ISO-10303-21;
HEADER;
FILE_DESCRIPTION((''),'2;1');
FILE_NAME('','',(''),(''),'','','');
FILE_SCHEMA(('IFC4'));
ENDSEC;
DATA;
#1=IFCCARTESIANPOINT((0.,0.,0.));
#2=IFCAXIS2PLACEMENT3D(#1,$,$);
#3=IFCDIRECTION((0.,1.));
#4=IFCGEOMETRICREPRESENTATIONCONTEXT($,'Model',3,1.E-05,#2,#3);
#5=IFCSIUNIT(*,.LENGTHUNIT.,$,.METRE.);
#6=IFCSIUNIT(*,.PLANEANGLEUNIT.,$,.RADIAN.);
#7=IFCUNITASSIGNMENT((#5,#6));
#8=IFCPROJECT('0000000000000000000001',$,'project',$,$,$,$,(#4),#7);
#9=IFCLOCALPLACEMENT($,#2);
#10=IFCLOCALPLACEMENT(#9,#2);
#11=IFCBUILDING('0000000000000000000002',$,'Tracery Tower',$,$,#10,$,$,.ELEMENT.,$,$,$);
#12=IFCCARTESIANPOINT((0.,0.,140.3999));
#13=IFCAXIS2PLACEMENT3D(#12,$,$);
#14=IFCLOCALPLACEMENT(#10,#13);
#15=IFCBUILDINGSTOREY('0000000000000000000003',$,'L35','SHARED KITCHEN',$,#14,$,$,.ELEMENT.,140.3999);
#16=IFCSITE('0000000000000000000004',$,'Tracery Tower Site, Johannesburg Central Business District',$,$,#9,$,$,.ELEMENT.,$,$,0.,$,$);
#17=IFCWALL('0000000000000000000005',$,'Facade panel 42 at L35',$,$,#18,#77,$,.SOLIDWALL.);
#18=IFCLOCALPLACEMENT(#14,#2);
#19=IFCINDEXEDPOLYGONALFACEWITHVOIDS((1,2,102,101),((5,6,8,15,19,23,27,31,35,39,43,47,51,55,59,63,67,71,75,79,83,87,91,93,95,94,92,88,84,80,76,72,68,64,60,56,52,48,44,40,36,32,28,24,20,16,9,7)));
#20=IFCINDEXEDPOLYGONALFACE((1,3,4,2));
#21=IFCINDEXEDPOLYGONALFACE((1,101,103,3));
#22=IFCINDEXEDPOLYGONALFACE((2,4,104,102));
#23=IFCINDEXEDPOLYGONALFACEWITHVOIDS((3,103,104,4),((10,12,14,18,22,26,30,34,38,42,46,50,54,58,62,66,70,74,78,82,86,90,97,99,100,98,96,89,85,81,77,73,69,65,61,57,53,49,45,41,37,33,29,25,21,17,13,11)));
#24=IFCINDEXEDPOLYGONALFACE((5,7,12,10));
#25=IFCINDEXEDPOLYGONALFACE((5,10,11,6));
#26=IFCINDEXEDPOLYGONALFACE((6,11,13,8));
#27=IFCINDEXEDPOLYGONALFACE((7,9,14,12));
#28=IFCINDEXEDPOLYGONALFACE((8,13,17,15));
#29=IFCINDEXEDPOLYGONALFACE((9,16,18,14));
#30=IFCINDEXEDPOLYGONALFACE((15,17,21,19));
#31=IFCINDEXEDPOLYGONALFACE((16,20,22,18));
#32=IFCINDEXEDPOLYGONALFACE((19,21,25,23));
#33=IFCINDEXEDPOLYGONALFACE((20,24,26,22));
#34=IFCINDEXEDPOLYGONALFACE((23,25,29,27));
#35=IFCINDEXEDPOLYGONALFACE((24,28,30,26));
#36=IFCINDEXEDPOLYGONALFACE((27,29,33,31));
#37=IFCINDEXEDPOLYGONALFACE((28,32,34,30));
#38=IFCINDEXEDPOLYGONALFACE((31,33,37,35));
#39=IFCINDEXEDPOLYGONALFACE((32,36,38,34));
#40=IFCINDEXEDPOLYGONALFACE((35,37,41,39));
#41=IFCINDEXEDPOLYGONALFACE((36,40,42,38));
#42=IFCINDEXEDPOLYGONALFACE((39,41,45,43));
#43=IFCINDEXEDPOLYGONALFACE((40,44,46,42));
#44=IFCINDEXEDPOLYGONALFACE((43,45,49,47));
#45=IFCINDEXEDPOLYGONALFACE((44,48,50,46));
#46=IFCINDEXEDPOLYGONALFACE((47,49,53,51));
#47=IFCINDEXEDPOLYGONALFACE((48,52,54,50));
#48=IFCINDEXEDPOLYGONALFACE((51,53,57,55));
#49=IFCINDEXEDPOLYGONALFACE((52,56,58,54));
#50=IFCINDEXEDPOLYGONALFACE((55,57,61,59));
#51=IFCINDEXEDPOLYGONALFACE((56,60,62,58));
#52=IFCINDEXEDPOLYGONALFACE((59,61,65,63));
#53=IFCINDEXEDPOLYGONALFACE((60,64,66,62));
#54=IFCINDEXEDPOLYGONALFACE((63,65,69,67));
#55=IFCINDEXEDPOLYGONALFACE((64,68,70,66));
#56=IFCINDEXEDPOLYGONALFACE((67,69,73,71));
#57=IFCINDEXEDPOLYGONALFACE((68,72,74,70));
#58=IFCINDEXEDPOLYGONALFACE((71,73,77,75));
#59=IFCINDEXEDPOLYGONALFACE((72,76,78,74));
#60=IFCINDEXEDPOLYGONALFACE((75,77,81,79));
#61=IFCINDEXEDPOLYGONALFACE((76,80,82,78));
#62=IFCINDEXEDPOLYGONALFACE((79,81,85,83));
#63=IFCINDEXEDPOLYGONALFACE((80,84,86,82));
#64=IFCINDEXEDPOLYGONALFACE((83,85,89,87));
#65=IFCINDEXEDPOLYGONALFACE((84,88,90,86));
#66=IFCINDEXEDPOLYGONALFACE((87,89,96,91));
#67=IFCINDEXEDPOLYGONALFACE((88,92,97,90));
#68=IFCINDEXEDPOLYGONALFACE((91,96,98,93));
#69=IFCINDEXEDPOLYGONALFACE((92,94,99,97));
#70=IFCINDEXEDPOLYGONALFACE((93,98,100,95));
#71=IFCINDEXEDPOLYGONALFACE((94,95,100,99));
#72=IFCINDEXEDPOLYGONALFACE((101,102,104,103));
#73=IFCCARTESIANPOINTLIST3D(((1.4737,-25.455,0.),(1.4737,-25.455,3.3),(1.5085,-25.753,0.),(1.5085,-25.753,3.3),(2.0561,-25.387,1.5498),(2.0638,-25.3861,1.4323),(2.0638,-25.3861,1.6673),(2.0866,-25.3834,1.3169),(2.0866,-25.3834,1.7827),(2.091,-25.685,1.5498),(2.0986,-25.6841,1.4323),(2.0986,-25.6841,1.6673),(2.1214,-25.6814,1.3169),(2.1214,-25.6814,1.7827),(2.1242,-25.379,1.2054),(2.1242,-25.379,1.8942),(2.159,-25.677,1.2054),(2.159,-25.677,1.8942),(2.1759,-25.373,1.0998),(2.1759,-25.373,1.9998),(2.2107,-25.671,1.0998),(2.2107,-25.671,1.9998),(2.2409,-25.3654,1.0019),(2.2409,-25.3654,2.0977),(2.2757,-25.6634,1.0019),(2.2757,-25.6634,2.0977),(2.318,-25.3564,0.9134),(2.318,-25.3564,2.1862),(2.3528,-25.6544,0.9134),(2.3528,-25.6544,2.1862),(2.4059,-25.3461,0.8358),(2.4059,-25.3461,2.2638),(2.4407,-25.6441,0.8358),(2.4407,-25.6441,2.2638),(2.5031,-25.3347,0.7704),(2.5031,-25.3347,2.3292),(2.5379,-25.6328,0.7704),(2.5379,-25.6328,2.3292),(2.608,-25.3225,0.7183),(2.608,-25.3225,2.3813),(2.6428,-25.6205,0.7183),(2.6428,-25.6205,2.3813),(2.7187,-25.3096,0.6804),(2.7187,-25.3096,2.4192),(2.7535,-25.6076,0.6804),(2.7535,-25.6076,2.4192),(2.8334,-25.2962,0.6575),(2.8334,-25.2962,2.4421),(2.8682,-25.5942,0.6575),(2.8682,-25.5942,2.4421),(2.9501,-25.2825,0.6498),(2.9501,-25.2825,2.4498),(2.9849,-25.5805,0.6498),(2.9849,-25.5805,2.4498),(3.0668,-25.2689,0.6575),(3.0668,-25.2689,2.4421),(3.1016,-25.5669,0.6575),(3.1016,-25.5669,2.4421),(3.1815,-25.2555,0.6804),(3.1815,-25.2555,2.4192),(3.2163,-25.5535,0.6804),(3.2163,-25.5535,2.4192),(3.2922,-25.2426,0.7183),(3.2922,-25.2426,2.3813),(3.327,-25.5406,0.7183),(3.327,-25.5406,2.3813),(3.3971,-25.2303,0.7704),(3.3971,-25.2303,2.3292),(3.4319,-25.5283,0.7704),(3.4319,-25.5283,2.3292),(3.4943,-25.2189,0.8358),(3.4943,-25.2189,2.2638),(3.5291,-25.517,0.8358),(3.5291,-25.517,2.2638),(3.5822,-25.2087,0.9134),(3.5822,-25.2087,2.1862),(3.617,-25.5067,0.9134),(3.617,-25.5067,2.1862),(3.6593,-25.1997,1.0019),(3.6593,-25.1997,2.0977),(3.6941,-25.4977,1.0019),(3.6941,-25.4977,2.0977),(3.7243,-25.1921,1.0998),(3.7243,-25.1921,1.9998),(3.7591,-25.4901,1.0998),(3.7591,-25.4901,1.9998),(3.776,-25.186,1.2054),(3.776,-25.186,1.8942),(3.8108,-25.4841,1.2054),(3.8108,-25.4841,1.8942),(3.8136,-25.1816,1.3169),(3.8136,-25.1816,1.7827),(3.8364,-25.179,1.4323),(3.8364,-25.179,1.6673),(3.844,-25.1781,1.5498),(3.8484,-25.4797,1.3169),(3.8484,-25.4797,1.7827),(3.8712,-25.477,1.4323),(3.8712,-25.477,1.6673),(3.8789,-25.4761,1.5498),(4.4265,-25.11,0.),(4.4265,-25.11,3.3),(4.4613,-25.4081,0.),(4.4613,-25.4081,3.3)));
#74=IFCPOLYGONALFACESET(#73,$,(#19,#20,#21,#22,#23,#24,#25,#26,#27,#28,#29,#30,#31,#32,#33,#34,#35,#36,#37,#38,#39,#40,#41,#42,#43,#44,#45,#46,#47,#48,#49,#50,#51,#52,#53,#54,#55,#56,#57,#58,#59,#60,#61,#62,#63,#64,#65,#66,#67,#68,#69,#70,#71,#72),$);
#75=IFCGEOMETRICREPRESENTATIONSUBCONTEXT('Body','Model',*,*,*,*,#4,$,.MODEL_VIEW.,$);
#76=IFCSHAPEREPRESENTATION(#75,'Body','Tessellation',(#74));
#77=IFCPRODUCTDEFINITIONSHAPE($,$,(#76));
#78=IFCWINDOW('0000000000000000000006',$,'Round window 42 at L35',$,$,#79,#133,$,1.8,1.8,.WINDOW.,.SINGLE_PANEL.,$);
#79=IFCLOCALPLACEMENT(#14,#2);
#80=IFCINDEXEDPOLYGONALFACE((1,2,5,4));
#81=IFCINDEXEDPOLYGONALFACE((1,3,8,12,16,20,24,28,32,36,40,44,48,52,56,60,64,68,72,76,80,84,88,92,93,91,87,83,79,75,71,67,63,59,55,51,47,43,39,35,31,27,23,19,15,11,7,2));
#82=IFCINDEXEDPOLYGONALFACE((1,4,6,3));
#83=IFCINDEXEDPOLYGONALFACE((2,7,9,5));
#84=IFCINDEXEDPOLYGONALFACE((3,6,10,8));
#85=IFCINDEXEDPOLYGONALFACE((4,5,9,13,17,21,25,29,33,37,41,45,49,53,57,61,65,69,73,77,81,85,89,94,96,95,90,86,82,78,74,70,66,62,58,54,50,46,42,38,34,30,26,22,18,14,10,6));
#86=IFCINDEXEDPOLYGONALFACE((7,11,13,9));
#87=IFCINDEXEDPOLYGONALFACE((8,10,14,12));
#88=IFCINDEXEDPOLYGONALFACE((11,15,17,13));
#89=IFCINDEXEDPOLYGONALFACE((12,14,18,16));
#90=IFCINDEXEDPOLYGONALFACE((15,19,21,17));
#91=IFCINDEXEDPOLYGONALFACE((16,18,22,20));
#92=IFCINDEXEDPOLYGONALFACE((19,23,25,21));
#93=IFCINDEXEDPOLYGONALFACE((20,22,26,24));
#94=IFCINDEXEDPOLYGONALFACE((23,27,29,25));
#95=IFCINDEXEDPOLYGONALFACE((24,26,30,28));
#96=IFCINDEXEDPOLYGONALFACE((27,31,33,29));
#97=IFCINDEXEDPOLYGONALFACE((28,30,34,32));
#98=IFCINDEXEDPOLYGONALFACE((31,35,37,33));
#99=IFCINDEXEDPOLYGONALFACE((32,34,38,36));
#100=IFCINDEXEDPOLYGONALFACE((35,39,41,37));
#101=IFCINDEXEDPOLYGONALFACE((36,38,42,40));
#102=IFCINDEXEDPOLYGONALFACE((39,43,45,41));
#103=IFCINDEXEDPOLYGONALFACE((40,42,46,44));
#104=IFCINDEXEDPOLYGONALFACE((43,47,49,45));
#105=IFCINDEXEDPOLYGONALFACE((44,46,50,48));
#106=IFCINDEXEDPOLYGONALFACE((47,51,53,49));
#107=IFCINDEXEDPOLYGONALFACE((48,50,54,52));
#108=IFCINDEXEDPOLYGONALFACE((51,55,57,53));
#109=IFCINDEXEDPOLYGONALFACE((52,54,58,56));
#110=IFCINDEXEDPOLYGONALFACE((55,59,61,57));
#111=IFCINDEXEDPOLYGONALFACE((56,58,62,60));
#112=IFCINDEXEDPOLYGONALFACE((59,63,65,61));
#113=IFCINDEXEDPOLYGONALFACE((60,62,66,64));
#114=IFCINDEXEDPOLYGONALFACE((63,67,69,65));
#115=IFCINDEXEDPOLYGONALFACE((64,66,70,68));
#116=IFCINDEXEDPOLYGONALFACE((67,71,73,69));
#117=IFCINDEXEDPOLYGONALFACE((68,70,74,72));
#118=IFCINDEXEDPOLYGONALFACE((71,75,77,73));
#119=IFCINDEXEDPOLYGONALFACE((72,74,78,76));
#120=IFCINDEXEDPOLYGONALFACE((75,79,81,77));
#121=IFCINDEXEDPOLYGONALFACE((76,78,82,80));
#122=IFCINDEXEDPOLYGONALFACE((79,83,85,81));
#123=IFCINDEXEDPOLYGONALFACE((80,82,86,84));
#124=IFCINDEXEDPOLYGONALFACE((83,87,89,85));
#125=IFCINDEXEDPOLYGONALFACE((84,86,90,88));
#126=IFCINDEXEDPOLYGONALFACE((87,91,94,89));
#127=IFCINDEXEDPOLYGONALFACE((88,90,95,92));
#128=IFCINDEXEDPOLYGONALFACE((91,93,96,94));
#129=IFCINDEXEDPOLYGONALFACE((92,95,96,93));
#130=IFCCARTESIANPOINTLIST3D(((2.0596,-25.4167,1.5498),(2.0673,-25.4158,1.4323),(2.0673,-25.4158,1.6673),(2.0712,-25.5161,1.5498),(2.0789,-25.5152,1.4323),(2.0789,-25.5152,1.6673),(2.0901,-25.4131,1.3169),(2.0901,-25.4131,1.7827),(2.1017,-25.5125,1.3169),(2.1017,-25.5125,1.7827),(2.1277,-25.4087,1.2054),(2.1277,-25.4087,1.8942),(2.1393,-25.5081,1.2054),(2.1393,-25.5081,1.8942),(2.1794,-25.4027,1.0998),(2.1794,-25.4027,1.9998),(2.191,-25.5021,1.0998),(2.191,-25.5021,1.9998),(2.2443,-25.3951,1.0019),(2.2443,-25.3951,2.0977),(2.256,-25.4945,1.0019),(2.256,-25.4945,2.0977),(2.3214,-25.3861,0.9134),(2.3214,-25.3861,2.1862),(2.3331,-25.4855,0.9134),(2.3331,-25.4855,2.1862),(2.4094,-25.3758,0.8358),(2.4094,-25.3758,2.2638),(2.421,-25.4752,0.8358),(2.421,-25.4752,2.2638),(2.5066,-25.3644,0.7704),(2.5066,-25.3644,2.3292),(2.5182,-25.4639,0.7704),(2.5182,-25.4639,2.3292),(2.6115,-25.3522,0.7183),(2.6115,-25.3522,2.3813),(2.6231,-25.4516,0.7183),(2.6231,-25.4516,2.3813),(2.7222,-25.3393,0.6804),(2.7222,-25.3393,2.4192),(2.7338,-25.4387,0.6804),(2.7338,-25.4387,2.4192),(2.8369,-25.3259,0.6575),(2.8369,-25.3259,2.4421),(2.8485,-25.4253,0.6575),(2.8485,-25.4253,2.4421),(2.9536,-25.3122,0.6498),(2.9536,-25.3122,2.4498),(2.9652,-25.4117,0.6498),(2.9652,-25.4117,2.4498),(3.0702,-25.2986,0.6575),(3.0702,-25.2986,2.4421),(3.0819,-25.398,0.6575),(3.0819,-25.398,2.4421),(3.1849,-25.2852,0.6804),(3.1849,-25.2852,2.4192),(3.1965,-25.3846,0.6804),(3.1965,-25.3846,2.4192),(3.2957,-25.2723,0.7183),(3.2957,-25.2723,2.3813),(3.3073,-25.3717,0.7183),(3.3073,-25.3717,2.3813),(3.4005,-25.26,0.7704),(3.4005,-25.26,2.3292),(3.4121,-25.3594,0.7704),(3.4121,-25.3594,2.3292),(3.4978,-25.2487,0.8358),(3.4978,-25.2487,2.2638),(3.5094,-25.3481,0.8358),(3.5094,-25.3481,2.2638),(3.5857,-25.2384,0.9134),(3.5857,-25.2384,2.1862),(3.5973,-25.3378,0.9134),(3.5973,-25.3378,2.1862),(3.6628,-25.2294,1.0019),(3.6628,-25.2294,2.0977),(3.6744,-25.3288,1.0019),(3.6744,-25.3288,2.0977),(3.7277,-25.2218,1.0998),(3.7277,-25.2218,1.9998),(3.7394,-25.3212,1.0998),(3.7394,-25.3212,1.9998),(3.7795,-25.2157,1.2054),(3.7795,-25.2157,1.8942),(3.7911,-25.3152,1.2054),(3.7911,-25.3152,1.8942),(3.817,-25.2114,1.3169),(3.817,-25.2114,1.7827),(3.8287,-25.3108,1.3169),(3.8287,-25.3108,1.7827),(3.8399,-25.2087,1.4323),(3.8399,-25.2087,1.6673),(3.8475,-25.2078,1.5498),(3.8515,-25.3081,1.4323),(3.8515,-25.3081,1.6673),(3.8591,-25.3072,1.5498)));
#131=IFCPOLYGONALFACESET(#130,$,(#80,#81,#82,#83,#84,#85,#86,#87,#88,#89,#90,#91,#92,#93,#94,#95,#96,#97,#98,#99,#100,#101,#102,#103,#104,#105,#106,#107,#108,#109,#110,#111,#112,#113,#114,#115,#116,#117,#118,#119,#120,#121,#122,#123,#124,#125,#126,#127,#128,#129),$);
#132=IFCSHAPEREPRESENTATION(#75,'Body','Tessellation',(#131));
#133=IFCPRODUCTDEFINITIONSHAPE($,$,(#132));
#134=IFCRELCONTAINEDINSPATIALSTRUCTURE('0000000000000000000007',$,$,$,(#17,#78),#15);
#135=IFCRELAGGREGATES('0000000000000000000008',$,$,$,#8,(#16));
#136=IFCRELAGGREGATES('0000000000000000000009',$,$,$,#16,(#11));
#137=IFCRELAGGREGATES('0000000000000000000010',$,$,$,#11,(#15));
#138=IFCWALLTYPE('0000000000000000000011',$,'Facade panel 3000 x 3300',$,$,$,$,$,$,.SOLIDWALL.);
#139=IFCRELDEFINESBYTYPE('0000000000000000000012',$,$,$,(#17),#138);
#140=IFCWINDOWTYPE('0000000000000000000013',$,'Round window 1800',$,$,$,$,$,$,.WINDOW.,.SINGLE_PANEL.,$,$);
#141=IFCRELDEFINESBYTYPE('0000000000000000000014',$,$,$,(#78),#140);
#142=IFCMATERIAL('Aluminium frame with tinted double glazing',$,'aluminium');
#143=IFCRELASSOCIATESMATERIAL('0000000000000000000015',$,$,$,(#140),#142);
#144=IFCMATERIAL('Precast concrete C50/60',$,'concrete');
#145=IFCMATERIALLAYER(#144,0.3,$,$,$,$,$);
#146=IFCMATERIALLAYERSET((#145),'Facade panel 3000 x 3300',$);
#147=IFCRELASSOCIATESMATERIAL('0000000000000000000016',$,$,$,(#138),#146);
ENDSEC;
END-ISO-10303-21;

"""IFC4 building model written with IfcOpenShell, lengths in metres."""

from ifc_helpers import new_model, si_unit, direction, frame, frame_2d, origin, origin_2d, place, context, subcontext, project, spatial, rectangle, circle, extrude, material, layer, layer_set, type_object, element, fill, save


model = new_model("IFC4")

# Units and contexts
model_context = context("Model", 3, precision=1e-05, world=origin(), true_north=direction((0.0, 1.0)))
body_context = subcontext(model_context, "Body", "Model", "MODEL_VIEW")
ifc_project = project(units=[si_unit("LENGTHUNIT", "METRE"), si_unit("PLANEANGLEUNIT", "RADIAN")], contexts=[model_context])

# Site, building, storey
site_placement = place(None, origin())
site = spatial("IfcSite", under=ifc_project, at=site_placement, Name="Tracery Tower Site, Johannesburg Central Business District", CompositionType="ELEMENT", RefElevation=0.0)
building_placement = place(site_placement, origin())
building = spatial("IfcBuilding", under=site, at=building_placement, Name="Tracery Tower", CompositionType="ELEMENT")
storey_placement = place(building_placement, frame((0.0, 0.0, 140.3999)))
storey = spatial("IfcBuildingStorey", under=building, at=storey_placement, Name="L35", Description="SHARED KITCHEN", CompositionType="ELEMENT", Elevation=140.3999)

# Wall, opening, window
ifc_material_1 = material(Name="Aluminium frame with tinted double glazing", Category="aluminium")
window_type = type_object("IfcWindowType", Name="Round window 1800", PartitioningType="SINGLE_PANEL", PredefinedType="WINDOW", material=ifc_material_1)
ifc_material_2 = material(Name="Precast concrete C50/60", Category="concrete")
ifc_layer_1 = layer(ifc_material_2, 0.3)
ifc_layer_set_1 = layer_set([ifc_layer_1], Name="Facade panel 3000 x 3300")
wall_type_1 = type_object("IfcWallType", Name="Facade panel 3000 x 3300", PredefinedType="SOLIDWALL", material=ifc_layer_set_1)
wall_1_placement = place(storey_placement, frame((1.4912, -25.604, 0.0), z_axis=(0.0, 0.0, 1.0), x_axis=(0.993245, 0.116036, 0.0)))
wall_1 = element("IfcWall", 1, at=wall_1_placement, inside=storey, type_object=wall_type_1, Name="Facade panel 42 at L35", PredefinedType="SOLIDWALL", context=body_context, shape_type="SweptSolid", body=[
    extrude(rectangle(XDim=2.9729, YDim=0.3, at=frame_2d((1.4863, 0.0))), origin(), (0.0, 0.0, 1.0), 3.3),
])
opening_1_placement = place(wall_1_placement, frame((1.4863, 0.0, 1.5498)))
opening_1 = element("IfcOpeningElement", 2, at=opening_1_placement, cuts=wall_1, PredefinedType="OPENING", context=body_context, shape_type="SweptSolid", body=[
    extrude(circle(Radius=0.9, at=origin_2d()), frame((0.0, 0.1599, 0.0), z_axis=(0.0, -1.0, 0.0), x_axis=(1.0, 0.0, 0.0)), (0.0, 0.0, 1.0), 0.3201),
])
window_1_placement = place(opening_1_placement, origin())
window_1 = element("IfcWindow", 3, at=window_1_placement, inside=storey, type_object=window_type, Name="Round window 42 at L35", OverallHeight=1.8, OverallWidth=1.8, PartitioningType="SINGLE_PANEL", PredefinedType="WINDOW", context=body_context, shape_type="SweptSolid", body=[
    extrude(circle(Radius=0.9, at=origin_2d()), frame((0.0, 0.1201, 0.0), z_axis=(0.0, -1.0, 0.0), x_axis=(1.0, 0.0, 0.0)), (0.0, 0.0, 1.0), 0.1001),
])
fill(opening_1, window_1)

save(model, "model.ifc")
